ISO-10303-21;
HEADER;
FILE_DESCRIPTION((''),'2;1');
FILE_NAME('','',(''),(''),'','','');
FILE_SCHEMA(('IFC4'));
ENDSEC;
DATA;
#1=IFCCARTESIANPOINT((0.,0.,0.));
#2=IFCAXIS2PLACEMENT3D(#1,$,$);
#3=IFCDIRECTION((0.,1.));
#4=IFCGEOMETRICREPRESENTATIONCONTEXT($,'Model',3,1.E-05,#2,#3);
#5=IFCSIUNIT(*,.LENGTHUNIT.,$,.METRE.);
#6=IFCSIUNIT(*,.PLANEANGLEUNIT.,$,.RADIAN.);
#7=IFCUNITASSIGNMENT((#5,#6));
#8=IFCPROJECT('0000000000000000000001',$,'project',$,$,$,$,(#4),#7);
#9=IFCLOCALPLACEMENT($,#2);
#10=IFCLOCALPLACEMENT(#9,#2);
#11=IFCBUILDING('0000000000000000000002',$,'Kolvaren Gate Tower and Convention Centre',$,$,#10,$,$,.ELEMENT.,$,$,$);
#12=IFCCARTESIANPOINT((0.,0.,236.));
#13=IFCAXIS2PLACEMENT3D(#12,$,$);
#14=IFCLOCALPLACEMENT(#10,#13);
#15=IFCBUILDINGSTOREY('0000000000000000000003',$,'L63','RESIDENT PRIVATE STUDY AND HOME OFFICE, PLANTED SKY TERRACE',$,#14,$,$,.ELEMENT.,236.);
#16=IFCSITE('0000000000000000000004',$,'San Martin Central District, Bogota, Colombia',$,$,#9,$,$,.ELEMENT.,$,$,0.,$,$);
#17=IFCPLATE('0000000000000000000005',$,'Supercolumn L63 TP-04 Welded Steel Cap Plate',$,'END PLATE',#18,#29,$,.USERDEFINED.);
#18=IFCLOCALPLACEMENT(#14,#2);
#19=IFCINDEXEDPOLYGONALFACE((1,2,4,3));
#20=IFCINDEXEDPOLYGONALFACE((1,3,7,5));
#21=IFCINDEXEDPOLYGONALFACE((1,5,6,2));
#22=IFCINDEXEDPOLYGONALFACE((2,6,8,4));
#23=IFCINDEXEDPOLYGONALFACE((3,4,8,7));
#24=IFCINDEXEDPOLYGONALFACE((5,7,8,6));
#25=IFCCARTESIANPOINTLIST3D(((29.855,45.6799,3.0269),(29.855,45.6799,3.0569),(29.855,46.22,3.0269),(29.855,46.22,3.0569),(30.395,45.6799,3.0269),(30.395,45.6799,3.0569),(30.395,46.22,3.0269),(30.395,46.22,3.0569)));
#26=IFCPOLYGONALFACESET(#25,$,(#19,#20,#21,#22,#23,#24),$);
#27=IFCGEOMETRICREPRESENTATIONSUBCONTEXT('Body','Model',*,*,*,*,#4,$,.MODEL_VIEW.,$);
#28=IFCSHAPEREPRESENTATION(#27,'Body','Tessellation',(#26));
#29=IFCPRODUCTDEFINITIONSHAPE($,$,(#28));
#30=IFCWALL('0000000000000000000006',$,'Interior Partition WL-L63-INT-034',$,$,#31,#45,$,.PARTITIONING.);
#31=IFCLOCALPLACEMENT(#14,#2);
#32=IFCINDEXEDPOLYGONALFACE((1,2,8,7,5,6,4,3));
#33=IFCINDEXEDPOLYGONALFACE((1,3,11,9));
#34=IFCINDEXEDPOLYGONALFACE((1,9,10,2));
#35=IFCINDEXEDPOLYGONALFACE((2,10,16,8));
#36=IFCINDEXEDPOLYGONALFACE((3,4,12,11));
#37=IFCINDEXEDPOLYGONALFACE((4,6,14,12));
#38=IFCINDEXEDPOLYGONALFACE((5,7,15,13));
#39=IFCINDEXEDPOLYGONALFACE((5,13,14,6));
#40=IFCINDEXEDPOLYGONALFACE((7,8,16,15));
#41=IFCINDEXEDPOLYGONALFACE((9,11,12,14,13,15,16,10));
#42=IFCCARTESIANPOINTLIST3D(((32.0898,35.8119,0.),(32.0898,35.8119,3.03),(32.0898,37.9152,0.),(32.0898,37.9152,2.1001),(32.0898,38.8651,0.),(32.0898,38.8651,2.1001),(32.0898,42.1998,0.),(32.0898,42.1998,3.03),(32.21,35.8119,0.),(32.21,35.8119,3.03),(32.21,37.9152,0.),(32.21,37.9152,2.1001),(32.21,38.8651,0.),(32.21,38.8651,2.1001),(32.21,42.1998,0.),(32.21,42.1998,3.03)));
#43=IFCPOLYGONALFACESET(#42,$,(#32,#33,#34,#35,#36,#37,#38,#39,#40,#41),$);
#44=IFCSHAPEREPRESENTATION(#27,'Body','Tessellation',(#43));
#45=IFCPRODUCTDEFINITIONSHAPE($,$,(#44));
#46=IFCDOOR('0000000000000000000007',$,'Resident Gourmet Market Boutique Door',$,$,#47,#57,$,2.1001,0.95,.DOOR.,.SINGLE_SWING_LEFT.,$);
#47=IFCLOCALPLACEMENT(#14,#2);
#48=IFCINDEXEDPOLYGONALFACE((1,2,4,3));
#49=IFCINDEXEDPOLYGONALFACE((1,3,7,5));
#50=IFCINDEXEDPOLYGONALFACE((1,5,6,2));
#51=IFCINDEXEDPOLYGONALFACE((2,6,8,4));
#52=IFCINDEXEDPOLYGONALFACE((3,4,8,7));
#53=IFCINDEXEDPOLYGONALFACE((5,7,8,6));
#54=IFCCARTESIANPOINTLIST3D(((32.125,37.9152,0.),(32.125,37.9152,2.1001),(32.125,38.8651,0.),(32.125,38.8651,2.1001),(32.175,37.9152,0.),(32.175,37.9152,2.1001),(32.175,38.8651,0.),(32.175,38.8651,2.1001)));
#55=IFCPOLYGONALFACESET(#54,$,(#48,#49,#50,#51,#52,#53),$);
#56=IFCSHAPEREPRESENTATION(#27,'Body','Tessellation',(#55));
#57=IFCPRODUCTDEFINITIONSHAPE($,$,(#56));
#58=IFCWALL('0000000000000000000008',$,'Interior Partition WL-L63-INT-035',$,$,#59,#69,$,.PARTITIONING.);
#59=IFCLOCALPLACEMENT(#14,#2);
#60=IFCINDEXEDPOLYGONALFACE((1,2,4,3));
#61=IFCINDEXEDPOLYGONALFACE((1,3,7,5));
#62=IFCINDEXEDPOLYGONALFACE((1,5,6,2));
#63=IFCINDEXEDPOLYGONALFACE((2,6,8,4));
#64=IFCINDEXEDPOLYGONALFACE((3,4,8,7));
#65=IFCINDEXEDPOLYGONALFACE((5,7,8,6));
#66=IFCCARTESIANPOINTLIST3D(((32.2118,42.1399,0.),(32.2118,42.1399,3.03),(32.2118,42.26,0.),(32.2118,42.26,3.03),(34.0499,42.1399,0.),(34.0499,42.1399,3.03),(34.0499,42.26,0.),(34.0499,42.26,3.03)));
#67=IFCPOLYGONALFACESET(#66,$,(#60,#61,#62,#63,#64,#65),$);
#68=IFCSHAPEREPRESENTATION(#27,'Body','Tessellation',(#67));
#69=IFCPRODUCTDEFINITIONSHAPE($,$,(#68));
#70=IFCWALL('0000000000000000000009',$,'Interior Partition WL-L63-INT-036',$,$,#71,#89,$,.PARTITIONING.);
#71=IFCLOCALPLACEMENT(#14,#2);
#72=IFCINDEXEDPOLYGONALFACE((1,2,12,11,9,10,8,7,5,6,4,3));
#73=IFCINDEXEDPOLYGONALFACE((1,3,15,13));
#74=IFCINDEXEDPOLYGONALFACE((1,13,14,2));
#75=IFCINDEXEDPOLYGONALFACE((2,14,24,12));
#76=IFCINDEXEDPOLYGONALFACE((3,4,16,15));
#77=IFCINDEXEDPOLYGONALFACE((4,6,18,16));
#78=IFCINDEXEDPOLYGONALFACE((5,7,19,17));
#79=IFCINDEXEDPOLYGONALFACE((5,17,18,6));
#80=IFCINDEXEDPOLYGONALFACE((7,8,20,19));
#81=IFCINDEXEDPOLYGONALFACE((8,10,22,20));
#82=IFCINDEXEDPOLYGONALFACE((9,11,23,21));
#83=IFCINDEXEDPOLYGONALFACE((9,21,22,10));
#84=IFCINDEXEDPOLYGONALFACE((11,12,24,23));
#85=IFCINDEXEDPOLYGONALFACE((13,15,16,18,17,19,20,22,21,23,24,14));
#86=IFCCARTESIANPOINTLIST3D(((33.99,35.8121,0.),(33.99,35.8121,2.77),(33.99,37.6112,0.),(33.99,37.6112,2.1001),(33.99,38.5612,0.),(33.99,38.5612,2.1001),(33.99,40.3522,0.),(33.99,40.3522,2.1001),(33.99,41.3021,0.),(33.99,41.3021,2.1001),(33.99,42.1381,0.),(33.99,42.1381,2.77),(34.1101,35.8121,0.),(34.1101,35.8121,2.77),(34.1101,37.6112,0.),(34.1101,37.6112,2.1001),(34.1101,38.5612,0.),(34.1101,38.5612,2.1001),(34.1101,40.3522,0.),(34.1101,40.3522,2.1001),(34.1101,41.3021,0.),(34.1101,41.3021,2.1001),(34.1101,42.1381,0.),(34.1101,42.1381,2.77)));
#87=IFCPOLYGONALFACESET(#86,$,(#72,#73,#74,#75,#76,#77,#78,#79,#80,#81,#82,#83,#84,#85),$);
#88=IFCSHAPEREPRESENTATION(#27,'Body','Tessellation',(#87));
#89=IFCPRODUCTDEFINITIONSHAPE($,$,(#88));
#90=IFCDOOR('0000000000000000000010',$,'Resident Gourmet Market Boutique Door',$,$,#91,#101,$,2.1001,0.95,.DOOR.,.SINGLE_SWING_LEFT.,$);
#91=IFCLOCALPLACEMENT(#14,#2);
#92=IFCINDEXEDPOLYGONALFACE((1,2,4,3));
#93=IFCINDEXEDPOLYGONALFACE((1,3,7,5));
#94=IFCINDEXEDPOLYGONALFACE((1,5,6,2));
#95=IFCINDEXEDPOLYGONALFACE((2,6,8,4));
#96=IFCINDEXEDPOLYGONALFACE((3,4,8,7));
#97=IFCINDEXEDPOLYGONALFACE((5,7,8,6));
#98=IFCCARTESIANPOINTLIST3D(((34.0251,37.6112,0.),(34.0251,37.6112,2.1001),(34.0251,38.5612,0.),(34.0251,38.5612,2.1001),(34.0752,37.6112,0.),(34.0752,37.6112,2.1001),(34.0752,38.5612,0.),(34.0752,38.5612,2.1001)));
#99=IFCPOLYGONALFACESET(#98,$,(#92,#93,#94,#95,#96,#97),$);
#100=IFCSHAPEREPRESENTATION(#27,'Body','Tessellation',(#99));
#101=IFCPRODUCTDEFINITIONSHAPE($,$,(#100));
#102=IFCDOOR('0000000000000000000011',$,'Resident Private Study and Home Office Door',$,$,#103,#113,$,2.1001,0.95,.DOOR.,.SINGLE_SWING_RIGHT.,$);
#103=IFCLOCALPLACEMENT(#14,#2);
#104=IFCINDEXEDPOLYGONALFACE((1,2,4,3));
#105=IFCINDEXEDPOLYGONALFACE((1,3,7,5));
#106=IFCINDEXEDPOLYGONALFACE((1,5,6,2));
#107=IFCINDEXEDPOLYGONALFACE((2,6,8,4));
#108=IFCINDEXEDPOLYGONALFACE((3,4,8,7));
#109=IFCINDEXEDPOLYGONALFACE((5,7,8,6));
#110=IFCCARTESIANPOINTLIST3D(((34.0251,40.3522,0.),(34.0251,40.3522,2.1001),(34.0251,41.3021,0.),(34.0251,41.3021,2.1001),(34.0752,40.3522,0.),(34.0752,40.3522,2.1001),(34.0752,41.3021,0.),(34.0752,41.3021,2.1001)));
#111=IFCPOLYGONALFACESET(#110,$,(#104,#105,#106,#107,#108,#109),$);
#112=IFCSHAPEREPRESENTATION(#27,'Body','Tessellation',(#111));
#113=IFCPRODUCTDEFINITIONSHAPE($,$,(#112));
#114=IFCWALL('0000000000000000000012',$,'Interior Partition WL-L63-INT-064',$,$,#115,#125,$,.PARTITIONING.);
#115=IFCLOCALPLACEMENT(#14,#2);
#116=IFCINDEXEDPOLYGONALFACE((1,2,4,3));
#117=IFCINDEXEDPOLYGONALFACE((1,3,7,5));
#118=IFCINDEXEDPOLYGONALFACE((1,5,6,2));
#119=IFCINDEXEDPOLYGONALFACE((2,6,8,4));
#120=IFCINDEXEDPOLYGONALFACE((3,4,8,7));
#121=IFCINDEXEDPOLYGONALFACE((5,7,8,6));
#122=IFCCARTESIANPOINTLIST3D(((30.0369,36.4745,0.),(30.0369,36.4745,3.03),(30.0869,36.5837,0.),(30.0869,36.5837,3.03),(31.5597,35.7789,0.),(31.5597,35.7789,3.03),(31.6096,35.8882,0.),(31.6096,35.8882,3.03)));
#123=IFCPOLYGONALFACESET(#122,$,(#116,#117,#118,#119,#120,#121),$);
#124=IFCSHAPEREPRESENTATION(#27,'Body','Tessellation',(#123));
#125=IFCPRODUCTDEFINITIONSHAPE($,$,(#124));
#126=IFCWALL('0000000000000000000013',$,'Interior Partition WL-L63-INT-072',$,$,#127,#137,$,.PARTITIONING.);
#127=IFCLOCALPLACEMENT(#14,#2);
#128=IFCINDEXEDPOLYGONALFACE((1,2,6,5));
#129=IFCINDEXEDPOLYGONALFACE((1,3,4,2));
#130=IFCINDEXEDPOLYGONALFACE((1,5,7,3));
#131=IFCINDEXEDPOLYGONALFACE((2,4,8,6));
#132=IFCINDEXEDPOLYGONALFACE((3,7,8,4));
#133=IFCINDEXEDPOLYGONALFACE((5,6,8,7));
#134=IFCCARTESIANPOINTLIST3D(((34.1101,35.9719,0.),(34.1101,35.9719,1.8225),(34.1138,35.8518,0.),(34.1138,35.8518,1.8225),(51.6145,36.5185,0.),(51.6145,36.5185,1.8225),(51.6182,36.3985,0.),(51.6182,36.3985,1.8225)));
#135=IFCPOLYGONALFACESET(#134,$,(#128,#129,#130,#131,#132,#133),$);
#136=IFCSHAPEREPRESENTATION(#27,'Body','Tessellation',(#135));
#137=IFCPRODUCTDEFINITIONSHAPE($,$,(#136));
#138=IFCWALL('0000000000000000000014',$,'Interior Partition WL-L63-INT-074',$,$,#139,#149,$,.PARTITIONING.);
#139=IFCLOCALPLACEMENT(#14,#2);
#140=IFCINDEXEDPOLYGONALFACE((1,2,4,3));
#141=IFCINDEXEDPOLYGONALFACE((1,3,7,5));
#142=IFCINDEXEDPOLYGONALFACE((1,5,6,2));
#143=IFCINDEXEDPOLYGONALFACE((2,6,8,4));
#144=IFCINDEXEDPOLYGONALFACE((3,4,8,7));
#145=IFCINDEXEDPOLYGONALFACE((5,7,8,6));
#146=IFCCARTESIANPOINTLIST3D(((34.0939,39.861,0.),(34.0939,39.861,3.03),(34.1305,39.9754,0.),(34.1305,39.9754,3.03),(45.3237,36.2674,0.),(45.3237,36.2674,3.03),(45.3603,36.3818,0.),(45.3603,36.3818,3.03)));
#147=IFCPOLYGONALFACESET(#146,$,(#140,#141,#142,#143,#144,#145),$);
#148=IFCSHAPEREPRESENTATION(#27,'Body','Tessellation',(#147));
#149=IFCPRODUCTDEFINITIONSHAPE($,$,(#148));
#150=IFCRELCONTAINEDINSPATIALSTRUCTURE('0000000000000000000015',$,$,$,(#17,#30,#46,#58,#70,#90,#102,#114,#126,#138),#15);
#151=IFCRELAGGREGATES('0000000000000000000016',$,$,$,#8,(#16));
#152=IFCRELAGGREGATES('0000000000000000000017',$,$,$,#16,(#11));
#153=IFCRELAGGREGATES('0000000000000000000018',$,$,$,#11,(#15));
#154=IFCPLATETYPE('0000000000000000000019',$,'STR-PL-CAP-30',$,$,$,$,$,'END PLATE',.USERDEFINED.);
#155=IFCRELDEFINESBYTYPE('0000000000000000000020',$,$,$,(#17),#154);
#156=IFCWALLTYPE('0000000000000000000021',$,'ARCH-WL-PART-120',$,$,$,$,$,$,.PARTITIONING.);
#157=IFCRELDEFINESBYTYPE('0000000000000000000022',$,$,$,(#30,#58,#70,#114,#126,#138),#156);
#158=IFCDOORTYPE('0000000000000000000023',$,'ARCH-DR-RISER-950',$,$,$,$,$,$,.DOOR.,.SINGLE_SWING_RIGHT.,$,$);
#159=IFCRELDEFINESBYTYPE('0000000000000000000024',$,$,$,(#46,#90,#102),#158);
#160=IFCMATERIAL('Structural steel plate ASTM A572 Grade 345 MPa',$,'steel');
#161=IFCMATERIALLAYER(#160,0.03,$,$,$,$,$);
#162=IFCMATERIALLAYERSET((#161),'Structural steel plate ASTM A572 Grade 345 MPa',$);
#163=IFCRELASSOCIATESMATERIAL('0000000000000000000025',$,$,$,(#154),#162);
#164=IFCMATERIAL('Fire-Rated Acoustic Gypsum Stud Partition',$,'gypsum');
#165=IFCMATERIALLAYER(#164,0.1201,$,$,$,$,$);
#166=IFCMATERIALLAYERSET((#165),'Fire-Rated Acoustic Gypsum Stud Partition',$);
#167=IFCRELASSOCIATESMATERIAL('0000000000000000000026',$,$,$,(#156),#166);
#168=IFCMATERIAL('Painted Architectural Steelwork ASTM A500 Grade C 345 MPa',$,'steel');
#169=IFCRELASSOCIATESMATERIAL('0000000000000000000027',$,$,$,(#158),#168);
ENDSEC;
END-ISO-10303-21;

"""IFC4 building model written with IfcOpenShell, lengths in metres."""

from ifc_helpers import new_model, si_unit, direction, frame, frame_2d, origin, origin_2d, place, context, subcontext, project, spatial, rectangle, extrude, material, layer, layer_set, type_object, element, fill, save


model = new_model("IFC4")

# Units and contexts
model_context = context("Model", 3, precision=1e-05, world=origin(), true_north=direction((0.0, 1.0)))
body_context = subcontext(model_context, "Body", "Model", "MODEL_VIEW")
ifc_project = project(units=[si_unit("LENGTHUNIT", "METRE"), si_unit("PLANEANGLEUNIT", "RADIAN")], contexts=[model_context])

# Site, building, storey
site_placement = place(None, origin())
site = spatial("IfcSite", under=ifc_project, at=site_placement, Name="San Martin Central District, Bogota, Colombia", CompositionType="ELEMENT", RefElevation=0.0)
building_placement = place(site_placement, origin())
building = spatial("IfcBuilding", under=site, at=building_placement, Name="Kolvaren Gate Tower and Convention Centre", CompositionType="ELEMENT")
storey_placement = place(building_placement, frame((0.0, 0.0, 236.0)))
storey = spatial("IfcBuildingStorey", under=building, at=storey_placement, Name="L63", Description="RESIDENT PRIVATE STUDY AND HOME OFFICE, PLANTED SKY TERRACE", CompositionType="ELEMENT", Elevation=236.0)

# Plate
ifc_material_1 = material(Name="Structural steel plate ASTM A572 Grade 345 MPa", Category="steel")
ifc_layer_1 = layer(ifc_material_1, 0.03)
ifc_layer_set_1 = layer_set([ifc_layer_1], Name="Structural steel plate ASTM A572 Grade 345 MPa")
plate_type = type_object("IfcPlateType", Name="STR-PL-CAP-30", ElementType="END PLATE", PredefinedType="USERDEFINED", material=ifc_layer_set_1)
plate_placement = place(storey_placement, frame((30.125, 45.95, 3.0269), z_axis=(0.0, 0.0, 1.0), x_axis=(1.0, 0.0, 0.0)))
element("IfcPlate", 1, at=plate_placement, inside=storey, type_object=plate_type, Name="Supercolumn L63 TP-04 Welded Steel Cap Plate", ObjectType="END PLATE", PredefinedType="USERDEFINED", context=body_context, shape_type="SweptSolid", body=[
    extrude(rectangle(XDim=0.54, YDim=0.54, at=origin_2d()), origin(), (0.0, 0.0, 1.0), 0.03),
])

# Wall, opening, door
ifc_material_2 = material(Name="Fire-Rated Acoustic Gypsum Stud Partition", Category="gypsum")
ifc_layer_2 = layer(ifc_material_2, 0.1201)
ifc_layer_set_2 = layer_set([ifc_layer_2], Name="Fire-Rated Acoustic Gypsum Stud Partition")
wall_type_1 = type_object("IfcWallType", Name="ARCH-WL-PART-120", PredefinedType="PARTITIONING", material=ifc_layer_set_2)
wall_1_placement = place(storey_placement, frame((32.1499, 35.812, 0.0), z_axis=(0.0, 0.0, 1.0), x_axis=(0.0, 1.0, 0.0)))
wall_1 = element("IfcWall", 2, at=wall_1_placement, inside=storey, type_object=wall_type_1, Name="Interior Partition WL-L63-INT-034", PredefinedType="PARTITIONING", context=body_context, shape_type="SweptSolid", body=[
    extrude(rectangle(XDim=6.3879, YDim=0.1201, at=frame_2d((3.1938, 0.0))), origin(), (0.0, 0.0, 1.0), 3.03),
])
opening_1_placement = place(wall_1_placement, frame((2.103, 0.0, 0.0)))
opening_1 = element("IfcOpeningElement", 3, at=opening_1_placement, cuts=wall_1, PredefinedType="OPENING", context=body_context, shape_type="SweptSolid", body=[
    extrude(rectangle(XDim=0.95, YDim=2.1001, at=frame_2d((0.4751, 1.05))), frame((0.0, 0.0701, 0.0), z_axis=(0.0, -1.0, 0.0), x_axis=(1.0, 0.0, 0.0)), (0.0, 0.0, 1.0), 0.1401),
])
ifc_material_3 = material(Name="Painted Architectural Steelwork ASTM A500 Grade C 345 MPa", Category="steel")
door_type = type_object("IfcDoorType", Name="ARCH-DR-RISER-950", OperationType="SINGLE_SWING_RIGHT", PredefinedType="DOOR", material=ifc_material_3)
door_1_placement = place(opening_1_placement, origin())
door_1 = element("IfcDoor", 4, at=door_1_placement, inside=storey, type_object=door_type, Name="Resident Gourmet Market Boutique Door", OperationType="SINGLE_SWING_LEFT", OverallHeight=2.1001, OverallWidth=0.95, PredefinedType="DOOR", context=body_context, shape_type="SweptSolid", body=[
    extrude(rectangle(XDim=0.95, YDim=2.1001, at=frame_2d((0.4751, 1.05))), frame((0.0, 0.0249, 0.0), z_axis=(0.0, -1.0, 0.0), x_axis=(1.0, 0.0, 0.0)), (0.0, 0.0, 1.0), 0.05),
])
fill(opening_1, door_1)

# Wall
wall_2_placement = place(storey_placement, frame((32.2119, 42.2, 0.0), z_axis=(0.0, 0.0, 1.0), x_axis=(1.0, 0.0, 0.0)))
element("IfcWall", 5, at=wall_2_placement, inside=storey, type_object=wall_type_1, Name="Interior Partition WL-L63-INT-035", PredefinedType="PARTITIONING", context=body_context, shape_type="SweptSolid", body=[
    extrude(rectangle(XDim=1.8381, YDim=0.1201, at=frame_2d((0.9189, 0.0))), origin(), (0.0, 0.0, 1.0), 3.03),
])

# Wall, openings, doors
wall_3_placement = place(storey_placement, frame((34.05, 35.812, 0.0), z_axis=(0.0, 0.0, 1.0), x_axis=(0.0, 1.0, 0.0)))
wall_3 = element("IfcWall", 6, at=wall_3_placement, inside=storey, type_object=wall_type_1, Name="Interior Partition WL-L63-INT-036", PredefinedType="PARTITIONING", context=body_context, shape_type="SweptSolid", body=[
    extrude(rectangle(XDim=6.3259, YDim=0.1201, at=frame_2d((3.1631, 0.0))), origin(), (0.0, 0.0, 1.0), 2.77),
])
opening_2_placement = place(wall_3_placement, frame((1.7991, 0.0, 0.0)))
opening_2 = element("IfcOpeningElement", 7, at=opening_2_placement, cuts=wall_3, PredefinedType="OPENING", context=body_context, shape_type="SweptSolid", body=[
    extrude(rectangle(XDim=0.95, YDim=2.1001, at=frame_2d((0.4751, 1.05))), frame((0.0, 0.0701, 0.0), z_axis=(0.0, -1.0, 0.0), x_axis=(1.0, 0.0, 0.0)), (0.0, 0.0, 1.0), 0.1401),
])
opening_3_placement = place(wall_3_placement, frame((4.54, 0.0, 0.0)))
opening_3 = element("IfcOpeningElement", 8, at=opening_3_placement, cuts=wall_3, PredefinedType="OPENING", context=body_context, shape_type="SweptSolid", body=[
    extrude(rectangle(XDim=0.95, YDim=2.1001, at=frame_2d((0.4751, 1.05))), frame((0.0, 0.0701, 0.0), z_axis=(0.0, -1.0, 0.0), x_axis=(1.0, 0.0, 0.0)), (0.0, 0.0, 1.0), 0.1401),
])
door_2_placement = place(opening_2_placement, origin())
door_2 = element("IfcDoor", 9, at=door_2_placement, inside=storey, type_object=door_type, Name="Resident Gourmet Market Boutique Door", OperationType="SINGLE_SWING_LEFT", OverallHeight=2.1001, OverallWidth=0.95, PredefinedType="DOOR", context=body_context, shape_type="SweptSolid", body=[
    extrude(rectangle(XDim=0.95, YDim=2.1001, at=frame_2d((0.4751, 1.05))), frame((0.0, 0.0249, 0.0), z_axis=(0.0, -1.0, 0.0), x_axis=(1.0, 0.0, 0.0)), (0.0, 0.0, 1.0), 0.05),
])
fill(opening_2, door_2)
door_3_placement = place(opening_3_placement, origin())
door_3 = element("IfcDoor", 10, at=door_3_placement, inside=storey, type_object=door_type, Name="Resident Private Study and Home Office Door", OperationType="SINGLE_SWING_RIGHT", OverallHeight=2.1001, OverallWidth=0.95, PredefinedType="DOOR", context=body_context, shape_type="SweptSolid", body=[
    extrude(rectangle(XDim=0.95, YDim=2.1001, at=frame_2d((0.4751, 1.05))), frame((0.0, 0.0249, 0.0), z_axis=(0.0, -1.0, 0.0), x_axis=(1.0, 0.0, 0.0)), (0.0, 0.0, 1.0), 0.05),
])
fill(opening_3, door_3)

# Walls
wall_4_placement = place(storey_placement, frame((30.062, 36.5291, 0.0), z_axis=(0.0, 0.0, 1.0), x_axis=(0.909596, -0.415494, 0.0)))
element("IfcWall", 11, at=wall_4_placement, inside=storey, type_object=wall_type_1, Name="Interior Partition WL-L63-INT-064", PredefinedType="PARTITIONING", context=body_context, shape_type="SweptSolid", body=[
    extrude(rectangle(XDim=1.6741, YDim=0.1201, at=frame_2d((0.8369, 0.0))), origin(), (0.0, 0.0, 1.0), 3.03),
])
wall_5_placement = place(storey_placement, frame((34.1121, 35.9119, 0.0), z_axis=(0.0, 0.0, 1.0), x_axis=(0.999513, 0.031213, 0.0)))
element("IfcWall", 12, at=wall_5_placement, inside=storey, type_object=wall_type_1, Name="Interior Partition WL-L63-INT-072", PredefinedType="PARTITIONING", context=body_context, shape_type="SweptSolid", body=[
    extrude(rectangle(XDim=17.5129, YDim=0.1201, at=frame_2d((8.7563, 0.0))), origin(), (0.0, 0.0, 1.0), 1.8225),
])
wall_6_placement = place(storey_placement, frame((34.1121, 39.9182, 0.0), z_axis=(0.0, 0.0, 1.0), x_axis=(0.952424, -0.304775, 0.0)))
element("IfcWall", 13, at=wall_6_placement, inside=storey, type_object=wall_type_1, Name="Interior Partition WL-L63-INT-074", PredefinedType="PARTITIONING", context=body_context, shape_type="SweptSolid", body=[
    extrude(rectangle(XDim=11.7908, YDim=0.1201, at=frame_2d((5.8955, 0.0))), origin(), (0.0, 0.0, 1.0), 3.03),
])

save(model, "model.ifc")
